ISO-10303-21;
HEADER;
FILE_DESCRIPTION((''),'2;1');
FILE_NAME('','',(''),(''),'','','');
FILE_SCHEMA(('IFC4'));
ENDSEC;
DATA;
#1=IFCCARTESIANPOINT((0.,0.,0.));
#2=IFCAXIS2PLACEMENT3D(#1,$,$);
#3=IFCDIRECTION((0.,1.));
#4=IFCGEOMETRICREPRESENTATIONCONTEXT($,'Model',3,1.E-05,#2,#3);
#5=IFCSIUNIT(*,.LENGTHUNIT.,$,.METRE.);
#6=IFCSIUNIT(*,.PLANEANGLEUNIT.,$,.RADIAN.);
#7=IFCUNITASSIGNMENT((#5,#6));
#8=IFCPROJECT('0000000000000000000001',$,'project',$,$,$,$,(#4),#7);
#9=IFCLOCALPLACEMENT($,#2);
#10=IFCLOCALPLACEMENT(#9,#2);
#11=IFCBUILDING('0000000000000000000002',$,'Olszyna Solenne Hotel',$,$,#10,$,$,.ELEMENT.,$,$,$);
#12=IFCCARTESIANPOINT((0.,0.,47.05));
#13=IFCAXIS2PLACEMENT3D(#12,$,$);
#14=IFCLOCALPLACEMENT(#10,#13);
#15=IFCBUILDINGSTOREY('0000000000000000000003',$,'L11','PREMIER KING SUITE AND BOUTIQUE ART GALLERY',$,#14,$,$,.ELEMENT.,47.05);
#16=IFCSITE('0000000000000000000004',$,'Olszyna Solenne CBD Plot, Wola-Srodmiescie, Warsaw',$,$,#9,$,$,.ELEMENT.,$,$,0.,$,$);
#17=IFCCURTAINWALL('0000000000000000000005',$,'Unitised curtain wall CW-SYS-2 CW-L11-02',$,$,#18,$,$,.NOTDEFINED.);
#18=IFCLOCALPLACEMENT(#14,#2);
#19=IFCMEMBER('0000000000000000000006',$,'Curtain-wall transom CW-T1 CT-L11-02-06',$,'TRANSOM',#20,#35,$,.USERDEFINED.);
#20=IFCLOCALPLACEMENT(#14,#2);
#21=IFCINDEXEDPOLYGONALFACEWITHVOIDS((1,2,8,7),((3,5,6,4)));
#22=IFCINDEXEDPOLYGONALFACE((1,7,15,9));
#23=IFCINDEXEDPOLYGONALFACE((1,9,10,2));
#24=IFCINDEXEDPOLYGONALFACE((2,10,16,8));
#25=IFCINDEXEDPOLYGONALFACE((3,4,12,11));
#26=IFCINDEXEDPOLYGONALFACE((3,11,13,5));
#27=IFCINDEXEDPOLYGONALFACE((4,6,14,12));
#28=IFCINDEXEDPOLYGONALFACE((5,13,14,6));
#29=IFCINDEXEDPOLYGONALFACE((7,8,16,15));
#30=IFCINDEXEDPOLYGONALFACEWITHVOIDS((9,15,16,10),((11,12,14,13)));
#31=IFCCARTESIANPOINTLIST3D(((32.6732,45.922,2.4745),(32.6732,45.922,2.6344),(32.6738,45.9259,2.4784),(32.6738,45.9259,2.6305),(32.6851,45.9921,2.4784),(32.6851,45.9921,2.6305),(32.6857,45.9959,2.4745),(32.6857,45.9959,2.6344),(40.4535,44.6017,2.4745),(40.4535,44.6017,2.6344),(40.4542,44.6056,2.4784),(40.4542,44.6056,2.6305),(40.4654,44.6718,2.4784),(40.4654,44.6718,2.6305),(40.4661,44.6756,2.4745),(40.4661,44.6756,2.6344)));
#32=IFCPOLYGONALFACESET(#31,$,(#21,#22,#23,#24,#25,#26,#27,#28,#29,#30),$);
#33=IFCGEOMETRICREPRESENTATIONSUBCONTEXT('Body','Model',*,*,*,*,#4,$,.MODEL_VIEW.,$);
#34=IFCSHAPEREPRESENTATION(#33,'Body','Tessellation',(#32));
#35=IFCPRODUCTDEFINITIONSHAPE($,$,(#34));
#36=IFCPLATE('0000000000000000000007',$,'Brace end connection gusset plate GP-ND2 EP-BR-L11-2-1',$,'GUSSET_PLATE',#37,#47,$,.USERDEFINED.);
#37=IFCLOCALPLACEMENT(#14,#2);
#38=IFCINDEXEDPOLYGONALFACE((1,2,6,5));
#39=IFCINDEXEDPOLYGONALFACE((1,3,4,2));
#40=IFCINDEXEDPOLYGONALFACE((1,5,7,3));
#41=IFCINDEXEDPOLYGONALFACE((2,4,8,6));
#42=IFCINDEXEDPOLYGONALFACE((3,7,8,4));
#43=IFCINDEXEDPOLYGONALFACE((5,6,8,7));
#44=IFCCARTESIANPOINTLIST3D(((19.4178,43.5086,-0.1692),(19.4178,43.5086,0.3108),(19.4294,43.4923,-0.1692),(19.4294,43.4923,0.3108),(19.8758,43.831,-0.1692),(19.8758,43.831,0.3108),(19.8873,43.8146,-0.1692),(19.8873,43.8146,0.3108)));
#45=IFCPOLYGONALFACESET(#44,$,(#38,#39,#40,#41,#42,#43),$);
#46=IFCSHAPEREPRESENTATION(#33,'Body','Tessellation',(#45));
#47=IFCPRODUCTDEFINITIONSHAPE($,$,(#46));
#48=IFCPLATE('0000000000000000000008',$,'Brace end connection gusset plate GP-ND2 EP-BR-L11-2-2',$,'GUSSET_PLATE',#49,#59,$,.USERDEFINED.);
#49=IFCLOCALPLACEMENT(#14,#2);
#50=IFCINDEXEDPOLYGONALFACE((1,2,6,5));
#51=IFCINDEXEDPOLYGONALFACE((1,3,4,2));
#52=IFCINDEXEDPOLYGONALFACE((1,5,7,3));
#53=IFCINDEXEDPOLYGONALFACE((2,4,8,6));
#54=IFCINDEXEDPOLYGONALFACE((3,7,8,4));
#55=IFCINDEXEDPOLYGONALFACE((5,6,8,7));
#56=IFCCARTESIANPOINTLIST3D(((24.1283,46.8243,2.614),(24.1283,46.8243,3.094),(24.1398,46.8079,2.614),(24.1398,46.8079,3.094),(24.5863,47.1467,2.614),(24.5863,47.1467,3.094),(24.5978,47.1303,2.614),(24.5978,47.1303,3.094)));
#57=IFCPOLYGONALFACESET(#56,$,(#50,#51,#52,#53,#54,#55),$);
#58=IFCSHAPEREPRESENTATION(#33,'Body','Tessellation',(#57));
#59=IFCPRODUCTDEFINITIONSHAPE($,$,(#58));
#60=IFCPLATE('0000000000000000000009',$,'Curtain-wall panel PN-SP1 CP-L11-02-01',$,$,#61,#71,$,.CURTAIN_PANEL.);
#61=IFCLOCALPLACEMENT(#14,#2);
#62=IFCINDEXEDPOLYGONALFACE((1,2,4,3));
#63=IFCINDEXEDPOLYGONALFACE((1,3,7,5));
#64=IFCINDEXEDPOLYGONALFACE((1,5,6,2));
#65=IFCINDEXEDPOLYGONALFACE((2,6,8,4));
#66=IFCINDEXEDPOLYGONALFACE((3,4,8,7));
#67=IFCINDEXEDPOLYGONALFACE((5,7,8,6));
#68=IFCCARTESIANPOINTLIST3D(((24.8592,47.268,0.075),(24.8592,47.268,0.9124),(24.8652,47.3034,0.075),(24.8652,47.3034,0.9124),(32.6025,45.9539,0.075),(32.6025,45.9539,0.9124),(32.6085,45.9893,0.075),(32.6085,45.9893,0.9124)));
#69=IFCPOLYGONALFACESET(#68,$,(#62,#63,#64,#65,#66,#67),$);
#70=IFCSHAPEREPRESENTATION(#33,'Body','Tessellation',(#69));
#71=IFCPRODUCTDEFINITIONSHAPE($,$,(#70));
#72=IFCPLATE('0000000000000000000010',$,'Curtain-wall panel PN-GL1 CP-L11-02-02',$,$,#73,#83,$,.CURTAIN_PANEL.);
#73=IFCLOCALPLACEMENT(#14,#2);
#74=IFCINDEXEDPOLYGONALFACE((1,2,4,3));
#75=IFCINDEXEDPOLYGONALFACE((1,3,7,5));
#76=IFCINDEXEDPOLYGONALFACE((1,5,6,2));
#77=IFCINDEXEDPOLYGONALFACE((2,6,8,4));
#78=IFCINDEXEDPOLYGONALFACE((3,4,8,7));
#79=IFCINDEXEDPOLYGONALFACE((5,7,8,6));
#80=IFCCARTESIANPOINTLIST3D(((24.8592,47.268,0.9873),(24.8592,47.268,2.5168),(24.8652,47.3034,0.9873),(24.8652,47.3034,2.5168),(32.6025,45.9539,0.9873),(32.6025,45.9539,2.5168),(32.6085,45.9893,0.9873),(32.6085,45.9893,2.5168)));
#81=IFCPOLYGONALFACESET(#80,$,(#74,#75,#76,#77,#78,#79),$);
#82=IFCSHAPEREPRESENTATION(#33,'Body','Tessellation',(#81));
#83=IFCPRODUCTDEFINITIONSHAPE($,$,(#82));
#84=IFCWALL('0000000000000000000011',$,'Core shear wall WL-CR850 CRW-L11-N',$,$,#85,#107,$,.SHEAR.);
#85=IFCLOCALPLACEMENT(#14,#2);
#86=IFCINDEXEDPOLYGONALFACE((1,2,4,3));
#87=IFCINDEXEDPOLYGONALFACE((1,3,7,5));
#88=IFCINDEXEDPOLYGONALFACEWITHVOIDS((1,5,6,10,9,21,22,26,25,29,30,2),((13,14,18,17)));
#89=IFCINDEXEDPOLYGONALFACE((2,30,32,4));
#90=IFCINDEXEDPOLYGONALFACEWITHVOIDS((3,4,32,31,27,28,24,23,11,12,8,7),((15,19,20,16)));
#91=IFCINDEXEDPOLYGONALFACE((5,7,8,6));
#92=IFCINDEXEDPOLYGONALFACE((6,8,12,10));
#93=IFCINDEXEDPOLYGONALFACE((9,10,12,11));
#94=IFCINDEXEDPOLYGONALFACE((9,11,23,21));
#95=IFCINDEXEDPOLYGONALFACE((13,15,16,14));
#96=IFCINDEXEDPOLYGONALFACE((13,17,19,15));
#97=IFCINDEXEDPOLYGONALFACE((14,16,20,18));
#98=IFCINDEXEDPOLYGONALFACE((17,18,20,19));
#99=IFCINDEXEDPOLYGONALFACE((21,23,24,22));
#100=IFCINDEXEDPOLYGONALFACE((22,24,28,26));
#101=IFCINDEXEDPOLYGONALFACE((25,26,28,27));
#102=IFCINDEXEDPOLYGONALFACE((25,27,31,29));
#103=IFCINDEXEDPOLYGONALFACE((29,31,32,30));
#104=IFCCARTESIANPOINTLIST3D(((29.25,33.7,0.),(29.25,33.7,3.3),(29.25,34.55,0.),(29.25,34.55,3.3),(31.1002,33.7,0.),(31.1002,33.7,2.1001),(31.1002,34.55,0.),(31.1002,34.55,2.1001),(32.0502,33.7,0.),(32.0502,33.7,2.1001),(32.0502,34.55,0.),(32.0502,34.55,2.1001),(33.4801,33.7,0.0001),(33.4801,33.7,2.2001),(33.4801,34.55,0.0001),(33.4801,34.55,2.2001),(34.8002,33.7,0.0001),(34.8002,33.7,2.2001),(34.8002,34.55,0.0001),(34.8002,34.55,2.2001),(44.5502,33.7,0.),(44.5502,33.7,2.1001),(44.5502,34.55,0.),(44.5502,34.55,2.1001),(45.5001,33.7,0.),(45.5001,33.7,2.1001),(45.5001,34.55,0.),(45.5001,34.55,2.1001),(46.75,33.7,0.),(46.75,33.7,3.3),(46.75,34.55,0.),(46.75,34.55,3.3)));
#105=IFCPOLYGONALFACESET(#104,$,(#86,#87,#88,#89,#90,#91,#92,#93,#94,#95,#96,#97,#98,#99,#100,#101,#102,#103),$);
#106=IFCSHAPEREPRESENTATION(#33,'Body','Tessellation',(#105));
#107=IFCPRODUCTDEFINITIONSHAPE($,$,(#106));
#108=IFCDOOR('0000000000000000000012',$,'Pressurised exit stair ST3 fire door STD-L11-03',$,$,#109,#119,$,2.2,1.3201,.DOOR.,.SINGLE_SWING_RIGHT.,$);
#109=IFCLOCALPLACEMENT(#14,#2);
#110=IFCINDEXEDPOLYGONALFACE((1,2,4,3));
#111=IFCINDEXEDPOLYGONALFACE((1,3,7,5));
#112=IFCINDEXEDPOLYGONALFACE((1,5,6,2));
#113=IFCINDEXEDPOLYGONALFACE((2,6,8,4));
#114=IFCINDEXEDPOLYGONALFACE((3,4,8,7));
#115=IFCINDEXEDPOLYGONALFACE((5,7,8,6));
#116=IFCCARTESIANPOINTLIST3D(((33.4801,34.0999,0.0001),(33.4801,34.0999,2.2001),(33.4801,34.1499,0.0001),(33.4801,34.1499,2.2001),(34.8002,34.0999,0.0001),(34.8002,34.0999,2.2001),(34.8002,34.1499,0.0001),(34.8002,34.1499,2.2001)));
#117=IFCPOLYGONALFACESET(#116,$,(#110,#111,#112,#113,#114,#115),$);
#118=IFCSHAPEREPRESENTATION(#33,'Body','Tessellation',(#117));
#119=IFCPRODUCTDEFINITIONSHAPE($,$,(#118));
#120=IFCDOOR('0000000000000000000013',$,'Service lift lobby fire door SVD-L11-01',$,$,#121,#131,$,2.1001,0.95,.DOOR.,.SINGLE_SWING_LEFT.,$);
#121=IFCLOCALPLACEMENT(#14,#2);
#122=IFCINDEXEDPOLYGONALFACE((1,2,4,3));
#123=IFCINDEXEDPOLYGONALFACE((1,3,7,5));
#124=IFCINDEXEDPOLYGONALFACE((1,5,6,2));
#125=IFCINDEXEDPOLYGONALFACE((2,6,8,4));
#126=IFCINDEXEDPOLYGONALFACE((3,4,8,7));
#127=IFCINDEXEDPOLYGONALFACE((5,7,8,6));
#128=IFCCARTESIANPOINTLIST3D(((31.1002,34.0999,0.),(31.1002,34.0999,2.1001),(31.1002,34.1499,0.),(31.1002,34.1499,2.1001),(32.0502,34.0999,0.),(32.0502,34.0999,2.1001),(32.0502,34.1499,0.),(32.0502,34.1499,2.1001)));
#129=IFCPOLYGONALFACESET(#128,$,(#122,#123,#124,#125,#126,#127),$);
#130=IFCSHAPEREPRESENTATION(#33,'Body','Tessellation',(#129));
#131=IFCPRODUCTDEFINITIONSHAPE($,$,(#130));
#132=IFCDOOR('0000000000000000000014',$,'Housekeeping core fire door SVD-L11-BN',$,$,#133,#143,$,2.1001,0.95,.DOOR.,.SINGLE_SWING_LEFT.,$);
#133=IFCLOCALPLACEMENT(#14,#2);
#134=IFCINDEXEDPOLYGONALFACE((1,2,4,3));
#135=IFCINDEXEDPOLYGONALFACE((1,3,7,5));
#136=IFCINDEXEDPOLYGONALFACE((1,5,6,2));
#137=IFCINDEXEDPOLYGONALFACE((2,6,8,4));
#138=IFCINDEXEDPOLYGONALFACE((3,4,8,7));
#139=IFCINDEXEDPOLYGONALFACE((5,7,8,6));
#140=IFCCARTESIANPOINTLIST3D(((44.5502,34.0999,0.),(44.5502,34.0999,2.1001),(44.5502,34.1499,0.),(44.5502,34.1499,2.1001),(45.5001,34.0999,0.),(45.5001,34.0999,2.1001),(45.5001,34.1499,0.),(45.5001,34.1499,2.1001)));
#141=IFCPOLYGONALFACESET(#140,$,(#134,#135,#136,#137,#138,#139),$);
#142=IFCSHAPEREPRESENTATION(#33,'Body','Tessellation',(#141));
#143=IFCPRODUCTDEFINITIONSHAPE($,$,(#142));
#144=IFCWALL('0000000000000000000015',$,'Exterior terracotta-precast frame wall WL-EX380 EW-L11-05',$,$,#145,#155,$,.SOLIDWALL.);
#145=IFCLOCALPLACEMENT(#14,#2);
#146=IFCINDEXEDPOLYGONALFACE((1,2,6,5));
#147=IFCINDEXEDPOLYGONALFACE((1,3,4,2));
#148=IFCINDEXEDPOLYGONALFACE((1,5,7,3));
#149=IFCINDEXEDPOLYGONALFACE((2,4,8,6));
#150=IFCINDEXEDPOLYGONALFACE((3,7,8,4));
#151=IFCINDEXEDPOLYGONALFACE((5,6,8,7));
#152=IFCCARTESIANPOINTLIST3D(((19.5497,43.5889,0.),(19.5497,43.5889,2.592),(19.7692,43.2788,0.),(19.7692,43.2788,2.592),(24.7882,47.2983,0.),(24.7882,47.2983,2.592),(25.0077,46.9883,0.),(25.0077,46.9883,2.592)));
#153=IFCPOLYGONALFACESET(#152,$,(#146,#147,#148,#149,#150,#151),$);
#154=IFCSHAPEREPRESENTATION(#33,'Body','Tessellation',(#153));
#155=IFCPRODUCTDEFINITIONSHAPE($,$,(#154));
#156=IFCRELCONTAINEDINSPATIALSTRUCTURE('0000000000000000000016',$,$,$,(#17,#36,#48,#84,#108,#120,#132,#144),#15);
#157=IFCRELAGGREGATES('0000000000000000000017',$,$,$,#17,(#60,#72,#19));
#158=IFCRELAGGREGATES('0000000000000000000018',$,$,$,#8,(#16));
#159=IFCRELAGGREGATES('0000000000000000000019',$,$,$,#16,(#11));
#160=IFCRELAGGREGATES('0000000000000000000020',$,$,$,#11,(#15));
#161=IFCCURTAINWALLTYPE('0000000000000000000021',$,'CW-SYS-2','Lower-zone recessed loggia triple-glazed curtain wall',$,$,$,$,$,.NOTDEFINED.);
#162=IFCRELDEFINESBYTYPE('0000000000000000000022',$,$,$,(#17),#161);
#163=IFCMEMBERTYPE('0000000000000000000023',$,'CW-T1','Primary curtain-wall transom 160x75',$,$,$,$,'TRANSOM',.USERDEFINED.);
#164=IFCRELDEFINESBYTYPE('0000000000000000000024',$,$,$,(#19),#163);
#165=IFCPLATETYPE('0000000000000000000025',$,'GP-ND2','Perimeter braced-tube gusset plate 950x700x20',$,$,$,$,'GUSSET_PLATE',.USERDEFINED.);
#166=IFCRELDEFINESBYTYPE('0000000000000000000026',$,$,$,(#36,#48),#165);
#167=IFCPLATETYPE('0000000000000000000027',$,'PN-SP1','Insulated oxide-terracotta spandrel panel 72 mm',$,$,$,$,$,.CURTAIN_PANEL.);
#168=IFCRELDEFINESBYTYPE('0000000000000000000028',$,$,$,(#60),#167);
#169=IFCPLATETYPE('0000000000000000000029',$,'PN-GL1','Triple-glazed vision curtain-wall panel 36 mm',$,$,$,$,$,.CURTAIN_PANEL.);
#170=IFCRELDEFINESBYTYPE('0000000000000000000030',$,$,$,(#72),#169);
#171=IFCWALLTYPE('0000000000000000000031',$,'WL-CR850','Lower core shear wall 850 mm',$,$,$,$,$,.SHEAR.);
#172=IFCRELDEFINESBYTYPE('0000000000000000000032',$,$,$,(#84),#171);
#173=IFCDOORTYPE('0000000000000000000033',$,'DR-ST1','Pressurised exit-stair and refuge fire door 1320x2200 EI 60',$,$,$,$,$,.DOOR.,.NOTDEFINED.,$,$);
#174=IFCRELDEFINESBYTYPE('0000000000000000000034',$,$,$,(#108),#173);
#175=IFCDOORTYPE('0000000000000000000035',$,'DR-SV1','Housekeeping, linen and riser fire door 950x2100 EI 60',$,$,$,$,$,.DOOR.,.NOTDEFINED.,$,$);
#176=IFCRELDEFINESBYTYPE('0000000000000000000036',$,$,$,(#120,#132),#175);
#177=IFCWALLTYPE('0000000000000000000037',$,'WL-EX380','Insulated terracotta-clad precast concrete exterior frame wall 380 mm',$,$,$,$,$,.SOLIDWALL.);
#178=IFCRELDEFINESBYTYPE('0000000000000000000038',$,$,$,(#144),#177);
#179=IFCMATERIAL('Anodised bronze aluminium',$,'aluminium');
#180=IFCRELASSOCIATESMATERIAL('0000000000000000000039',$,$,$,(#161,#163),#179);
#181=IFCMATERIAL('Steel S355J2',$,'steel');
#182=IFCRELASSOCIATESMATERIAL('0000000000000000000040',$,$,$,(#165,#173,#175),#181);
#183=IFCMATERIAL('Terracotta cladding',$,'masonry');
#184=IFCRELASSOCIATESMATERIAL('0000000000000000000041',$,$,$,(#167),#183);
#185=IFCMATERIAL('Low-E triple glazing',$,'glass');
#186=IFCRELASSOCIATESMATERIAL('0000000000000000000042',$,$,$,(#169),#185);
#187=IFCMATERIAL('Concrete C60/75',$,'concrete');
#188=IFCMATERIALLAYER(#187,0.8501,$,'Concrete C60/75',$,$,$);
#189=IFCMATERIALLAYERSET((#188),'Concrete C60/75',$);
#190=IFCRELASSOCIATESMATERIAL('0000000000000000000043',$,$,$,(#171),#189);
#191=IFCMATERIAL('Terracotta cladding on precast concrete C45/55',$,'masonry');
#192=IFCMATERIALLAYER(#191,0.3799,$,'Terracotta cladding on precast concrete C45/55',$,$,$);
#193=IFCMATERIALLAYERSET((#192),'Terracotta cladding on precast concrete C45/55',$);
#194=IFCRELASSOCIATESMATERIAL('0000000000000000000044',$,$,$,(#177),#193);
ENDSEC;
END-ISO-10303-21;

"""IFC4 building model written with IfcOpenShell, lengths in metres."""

from ifc_helpers import new_model, si_unit, direction, frame, frame_2d, origin, origin_2d, place, context, subcontext, project, spatial, rectangle, hollow_rectangle, extrude, source, transform, mapped, material, layer, layer_set, material_profile, profile_set, type_object, type_shapes, element, fill, aggregate, save


model = new_model("IFC4")

# Units and contexts
model_context = context("Model", 3, precision=1e-05, world=origin(), true_north=direction((0.0, 1.0)))
body_context = subcontext(model_context, "Body", "Model", "MODEL_VIEW")
ifc_project = project(units=[si_unit("LENGTHUNIT", "METRE"), si_unit("PLANEANGLEUNIT", "RADIAN")], contexts=[model_context])

# Site, building, storey
site_placement = place(None, origin())
site = spatial("IfcSite", under=ifc_project, at=site_placement, Name="Olszyna Solenne CBD Plot, Wola-Srodmiescie, Warsaw", CompositionType="ELEMENT", RefElevation=0.0)
building_placement = place(site_placement, origin())
building = spatial("IfcBuilding", under=site, at=building_placement, Name="Olszyna Solenne Hotel", CompositionType="ELEMENT")
storey_placement = place(building_placement, frame((0.0, 0.0, 47.05)))
storey = spatial("IfcBuildingStorey", under=building, at=storey_placement, Name="L11", Description="PREMIER KING SUITE AND BOUTIQUE ART GALLERY", CompositionType="ELEMENT", Elevation=47.05)

# Shared definitions
ifc_material_1 = material(Name="Steel S355J2", Category="steel")

# Curtain wall, member
ifc_material_2 = material(Name="Anodised bronze aluminium", Category="aluminium")
curtain_wall_type = type_object("IfcCurtainWallType", Name="CW-SYS-2", Description="Lower-zone recessed loggia triple-glazed curtain wall", PredefinedType="NOTDEFINED", material=ifc_material_2)
curtain_wall_placement = place(storey_placement, origin())
curtain_wall = element("IfcCurtainWall", 1, at=curtain_wall_placement, inside=storey, type_object=curtain_wall_type, Name="Unitised curtain wall CW-SYS-2 CW-L11-02", PredefinedType="NOTDEFINED")
ifc_material_profile_1 = material_profile(ifc_material_2, hollow_rectangle(XDim=0.075, YDim=0.1599, WallThickness=0.0039, at=origin_2d()), Name="TRAN 160x75x4", Category="load-bearing")
ifc_profile_set_1 = profile_set([ifc_material_profile_1], Name="Anodised bronze aluminium")
member_type_1 = type_object("IfcMemberType", Name="CW-T1", Description="Primary curtain-wall transom 160x75", ElementType="TRANSOM", PredefinedType="USERDEFINED", material=ifc_profile_set_1)
shared_shape_1 = source(origin(), body_context, "Body", "SweptSolid", [
    extrude(hollow_rectangle(XDim=0.075, YDim=0.1599, WallThickness=0.0039, at=origin_2d()), origin(), (0.0, 0.0, 1.0), 7.8916),
])
member_1_placement = place(storey_placement, frame((32.6794, 45.959, 2.5544), z_axis=(0.985905, -0.167308, 0.0), x_axis=(0.167308, 0.985905, 0.0)))
member_1 = element("IfcMember", 2, at=member_1_placement, type_object=member_type_1, Name="Curtain-wall transom CW-T1 CT-L11-02-06", ObjectType="TRANSOM", PredefinedType="USERDEFINED", context=body_context, shape_type="MappedRepresentation", body=[
    mapped(shared_shape_1, transform((0.0, 0.0, 0.0), x_axis=(1.0, 0.0, 0.0), y_axis=(0.0, 1.0, 0.0), z_axis=(0.0, 0.0, 1.0), scale=1.0)),
])

# Plates
plate_type_1 = type_object("IfcPlateType", Name="GP-ND2", Description="Perimeter braced-tube gusset plate 950x700x20", ElementType="GUSSET_PLATE", PredefinedType="USERDEFINED", material=ifc_material_1)
shared_shape_2 = source(origin(), body_context, "Body", "SweptSolid", [
    extrude(rectangle(XDim=0.5601, YDim=0.02, at=origin_2d()), origin(), (0.0, 0.0, 1.0), 0.48),
])
for number, where, z_axis, x_axis, name in (
    (3, (19.6526, 43.6616, -0.1692), (0.0, 0.0, 1.0), (0.817748, 0.575576, 0.0), "Brace end connection gusset plate GP-ND2 EP-BR-L11-2-1"),
    (4, (24.363, 46.9773, 2.614), (0.0, 0.0, 1.0), (0.817748, 0.575576, 0.0), "Brace end connection gusset plate GP-ND2 EP-BR-L11-2-2"),
):
    element("IfcPlate", number, at=place(storey_placement, frame(where, z_axis=z_axis, x_axis=x_axis)), inside=storey, type_object=plate_type_1, Name=name, ObjectType="GUSSET_PLATE", PredefinedType="USERDEFINED", context=body_context, shape_type="MappedRepresentation", body=[
        mapped(shared_shape_2, transform((0.0, 0.0, 0.0), x_axis=(1.0, 0.0, 0.0), y_axis=(0.0, 1.0, 0.0), z_axis=(0.0, 0.0, 1.0), scale=1.0)),
    ])

# Plates
ifc_material_3 = material(Name="Terracotta cladding", Category="masonry")
plate_type_2 = type_object("IfcPlateType", Name="PN-SP1", Description="Insulated oxide-terracotta spandrel panel 72 mm", PredefinedType="CURTAIN_PANEL", material=ifc_material_3)
shared_shape_3 = source(origin(), body_context, "Body", "SweptSolid", [
    extrude(rectangle(XDim=7.854, YDim=0.0359, at=origin_2d()), origin(), (0.0, 0.0, 1.0), 0.8374),
])
plate_1_placement = place(storey_placement, frame((28.7339, 46.6287, 0.075), z_axis=(0.0, 0.0, 1.0), x_axis=(0.985903, -0.16732, 0.0)))
plate_1 = element("IfcPlate", 5, at=plate_1_placement, type_object=plate_type_2, Name="Curtain-wall panel PN-SP1 CP-L11-02-01", PredefinedType="CURTAIN_PANEL", context=body_context, shape_type="MappedRepresentation", body=[
    mapped(shared_shape_3, transform((0.0, 0.0, 0.0), x_axis=(1.0, 0.0, 0.0), y_axis=(0.0, 1.0, 0.0), z_axis=(0.0, 0.0, 1.0), scale=1.0)),
])
ifc_material_4 = material(Name="Low-E triple glazing", Category="glass")
plate_type_3 = type_object("IfcPlateType", Name="PN-GL1", Description="Triple-glazed vision curtain-wall panel 36 mm", PredefinedType="CURTAIN_PANEL", material=ifc_material_4)
shared_shape_4 = source(origin(), body_context, "Body", "SweptSolid", [
    extrude(rectangle(XDim=7.854, YDim=0.0359, at=origin_2d()), origin(), (0.0, 0.0, 1.0), 1.5295),
])
plate_2_placement = place(storey_placement, frame((28.7339, 46.6287, 0.9873), z_axis=(0.0, 0.0, 1.0), x_axis=(0.985903, -0.16732, 0.0)))
plate_2 = element("IfcPlate", 6, at=plate_2_placement, type_object=plate_type_3, Name="Curtain-wall panel PN-GL1 CP-L11-02-02", PredefinedType="CURTAIN_PANEL", context=body_context, shape_type="MappedRepresentation", body=[
    mapped(shared_shape_4, transform((0.0, 0.0, 0.0), x_axis=(1.0, 0.0, 0.0), y_axis=(0.0, 1.0, 0.0), z_axis=(0.0, 0.0, 1.0), scale=1.0)),
])
aggregate(curtain_wall, [plate_1, plate_2, member_1])

# Wall, openings, doors
ifc_material_5 = material(Name="Concrete C60/75", Category="concrete")
ifc_layer_1 = layer(ifc_material_5, 0.8501, Name="Concrete C60/75")
ifc_layer_set_1 = layer_set([ifc_layer_1], Name="Concrete C60/75")
wall_type_1 = type_object("IfcWallType", Name="WL-CR850", Description="Lower core shear wall 850 mm", PredefinedType="SHEAR", material=ifc_layer_set_1)
wall_1_placement = place(storey_placement, frame((29.25, 34.125, 0.0), z_axis=(0.0, 0.0, 1.0), x_axis=(1.0, 0.0, 0.0)))
wall_1 = element("IfcWall", 7, at=wall_1_placement, inside=storey, type_object=wall_type_1, Name="Core shear wall WL-CR850 CRW-L11-N", PredefinedType="SHEAR", context=body_context, shape_type="SweptSolid", body=[
    extrude(rectangle(XDim=17.5, YDim=0.8501, at=frame_2d((8.75, 0.0))), origin(), (0.0, 0.0, 1.0), 3.3),
])
opening_1_placement = place(wall_1_placement, frame((1.8501, 0.0, 0.0)))
opening_1 = element("IfcOpeningElement", 8, at=opening_1_placement, cuts=wall_1, PredefinedType="OPENING", context=body_context, shape_type="SweptSolid", body=[
    extrude(rectangle(XDim=0.95, YDim=2.1001, at=frame_2d((0.4751, 1.05))), frame((0.0, 0.4351, 0.0), z_axis=(0.0, -1.0, 0.0), x_axis=(1.0, 0.0, 0.0)), (0.0, 0.0, 1.0), 0.8701),
])
opening_2_placement = place(wall_1_placement, frame((4.23, 0.0, 0.0)))
opening_2 = element("IfcOpeningElement", 9, at=opening_2_placement, cuts=wall_1, PredefinedType="OPENING", context=body_context, shape_type="SweptSolid", body=[
    extrude(rectangle(XDim=1.3201, YDim=2.2, at=frame_2d((0.6602, 1.1001))), frame((0.0, 0.4351, 0.0), z_axis=(0.0, -1.0, 0.0), x_axis=(1.0, 0.0, 0.0)), (0.0, 0.0, 1.0), 0.8701),
])
opening_3_placement = place(wall_1_placement, frame((15.3, 0.0, 0.0)))
opening_3 = element("IfcOpeningElement", 10, at=opening_3_placement, cuts=wall_1, PredefinedType="OPENING", context=body_context, shape_type="SweptSolid", body=[
    extrude(rectangle(XDim=0.95, YDim=2.1001, at=frame_2d((0.4751, 1.05))), frame((0.0, 0.4351, 0.0), z_axis=(0.0, -1.0, 0.0), x_axis=(1.0, 0.0, 0.0)), (0.0, 0.0, 1.0), 0.8701),
])
door_type_1 = type_object("IfcDoorType", Name="DR-ST1", Description="Pressurised exit-stair and refuge fire door 1320x2200 EI 60", OperationType="NOTDEFINED", PredefinedType="DOOR", material=ifc_material_1)
shared_shape_5 = source(origin(), body_context, "Body", "SweptSolid", [
    extrude(rectangle(XDim=1.3201, YDim=2.2, at=frame_2d((0.6602, 1.1001))), frame((0.0, 0.0249, 0.0), z_axis=(0.0, -1.0, 0.0), x_axis=(1.0, 0.0, 0.0)), (0.0, 0.0, 1.0), 0.05),
])
type_shapes(door_type_1, [shared_shape_5])
door_1_placement = place(opening_2_placement, origin())
door_1 = element("IfcDoor", 11, at=door_1_placement, inside=storey, type_object=door_type_1, Name="Pressurised exit stair ST3 fire door STD-L11-03", OperationType="SINGLE_SWING_RIGHT", OverallHeight=2.2, OverallWidth=1.3201, PredefinedType="DOOR", context=body_context, shape_type="MappedRepresentation", body=[
    mapped(shared_shape_5, transform((0.0, 0.0, 0.0), x_axis=(1.0, 0.0, 0.0), y_axis=(0.0, 1.0, 0.0), z_axis=(0.0, 0.0, 1.0), scale=1.0)),
])
fill(opening_2, door_1)
door_type_2 = type_object("IfcDoorType", Name="DR-SV1", Description="Housekeeping, linen and riser fire door 950x2100 EI 60", OperationType="NOTDEFINED", PredefinedType="DOOR", material=ifc_material_1)
shared_shape_6 = source(origin(), body_context, "Body", "SweptSolid", [
    extrude(rectangle(XDim=0.95, YDim=2.1001, at=frame_2d((0.4751, 1.05))), frame((0.0, 0.0249, 0.0), z_axis=(0.0, -1.0, 0.0), x_axis=(1.0, 0.0, 0.0)), (0.0, 0.0, 1.0), 0.05),
])
type_shapes(door_type_2, [shared_shape_6])
door_2_placement = place(opening_1_placement, origin())
door_2 = element("IfcDoor", 12, at=door_2_placement, inside=storey, type_object=door_type_2, Name="Service lift lobby fire door SVD-L11-01", OperationType="SINGLE_SWING_LEFT", OverallHeight=2.1001, OverallWidth=0.95, PredefinedType="DOOR", context=body_context, shape_type="MappedRepresentation", body=[
    mapped(shared_shape_6, transform((0.0, 0.0, 0.0), x_axis=(1.0, 0.0, 0.0), y_axis=(0.0, 1.0, 0.0), z_axis=(0.0, 0.0, 1.0), scale=1.0)),
])
fill(opening_1, door_2)
door_3_placement = place(opening_3_placement, origin())
door_3 = element("IfcDoor", 13, at=door_3_placement, inside=storey, type_object=door_type_2, Name="Housekeeping core fire door SVD-L11-BN", OperationType="SINGLE_SWING_LEFT", OverallHeight=2.1001, OverallWidth=0.95, PredefinedType="DOOR", context=body_context, shape_type="MappedRepresentation", body=[
    mapped(shared_shape_6, transform((0.0, 0.0, 0.0), x_axis=(1.0, 0.0, 0.0), y_axis=(0.0, 1.0, 0.0), z_axis=(0.0, 0.0, 1.0), scale=1.0)),
])
fill(opening_3, door_3)

# Wall
ifc_material_6 = material(Name="Terracotta cladding on precast concrete C45/55", Category="masonry")
ifc_layer_2 = layer(ifc_material_6, 0.3799, Name="Terracotta cladding on precast concrete C45/55")
ifc_layer_set_2 = layer_set([ifc_layer_2], Name="Terracotta cladding on precast concrete C45/55")
wall_type_2 = type_object("IfcWallType", Name="WL-EX380", Description="Insulated terracotta-clad precast concrete exterior frame wall 380 mm", PredefinedType="SOLIDWALL", material=ifc_layer_set_2)
wall_2_placement = place(storey_placement, frame((19.6594, 43.4338, 0.0), z_axis=(0.0, 0.0, 1.0), x_axis=(0.816109, 0.577898, 0.0)))
element("IfcWall", 14, at=wall_2_placement, inside=storey, type_object=wall_type_2, Name="Exterior terracotta-precast frame wall WL-EX380 EW-L11-05", PredefinedType="SOLIDWALL", context=body_context, shape_type="SweptSolid", body=[
    extrude(rectangle(XDim=6.4189, YDim=0.3799, at=frame_2d((3.2095, 0.0))), origin(), (0.0, 0.0, 1.0), 2.592),
])

save(model, "model.ifc")
